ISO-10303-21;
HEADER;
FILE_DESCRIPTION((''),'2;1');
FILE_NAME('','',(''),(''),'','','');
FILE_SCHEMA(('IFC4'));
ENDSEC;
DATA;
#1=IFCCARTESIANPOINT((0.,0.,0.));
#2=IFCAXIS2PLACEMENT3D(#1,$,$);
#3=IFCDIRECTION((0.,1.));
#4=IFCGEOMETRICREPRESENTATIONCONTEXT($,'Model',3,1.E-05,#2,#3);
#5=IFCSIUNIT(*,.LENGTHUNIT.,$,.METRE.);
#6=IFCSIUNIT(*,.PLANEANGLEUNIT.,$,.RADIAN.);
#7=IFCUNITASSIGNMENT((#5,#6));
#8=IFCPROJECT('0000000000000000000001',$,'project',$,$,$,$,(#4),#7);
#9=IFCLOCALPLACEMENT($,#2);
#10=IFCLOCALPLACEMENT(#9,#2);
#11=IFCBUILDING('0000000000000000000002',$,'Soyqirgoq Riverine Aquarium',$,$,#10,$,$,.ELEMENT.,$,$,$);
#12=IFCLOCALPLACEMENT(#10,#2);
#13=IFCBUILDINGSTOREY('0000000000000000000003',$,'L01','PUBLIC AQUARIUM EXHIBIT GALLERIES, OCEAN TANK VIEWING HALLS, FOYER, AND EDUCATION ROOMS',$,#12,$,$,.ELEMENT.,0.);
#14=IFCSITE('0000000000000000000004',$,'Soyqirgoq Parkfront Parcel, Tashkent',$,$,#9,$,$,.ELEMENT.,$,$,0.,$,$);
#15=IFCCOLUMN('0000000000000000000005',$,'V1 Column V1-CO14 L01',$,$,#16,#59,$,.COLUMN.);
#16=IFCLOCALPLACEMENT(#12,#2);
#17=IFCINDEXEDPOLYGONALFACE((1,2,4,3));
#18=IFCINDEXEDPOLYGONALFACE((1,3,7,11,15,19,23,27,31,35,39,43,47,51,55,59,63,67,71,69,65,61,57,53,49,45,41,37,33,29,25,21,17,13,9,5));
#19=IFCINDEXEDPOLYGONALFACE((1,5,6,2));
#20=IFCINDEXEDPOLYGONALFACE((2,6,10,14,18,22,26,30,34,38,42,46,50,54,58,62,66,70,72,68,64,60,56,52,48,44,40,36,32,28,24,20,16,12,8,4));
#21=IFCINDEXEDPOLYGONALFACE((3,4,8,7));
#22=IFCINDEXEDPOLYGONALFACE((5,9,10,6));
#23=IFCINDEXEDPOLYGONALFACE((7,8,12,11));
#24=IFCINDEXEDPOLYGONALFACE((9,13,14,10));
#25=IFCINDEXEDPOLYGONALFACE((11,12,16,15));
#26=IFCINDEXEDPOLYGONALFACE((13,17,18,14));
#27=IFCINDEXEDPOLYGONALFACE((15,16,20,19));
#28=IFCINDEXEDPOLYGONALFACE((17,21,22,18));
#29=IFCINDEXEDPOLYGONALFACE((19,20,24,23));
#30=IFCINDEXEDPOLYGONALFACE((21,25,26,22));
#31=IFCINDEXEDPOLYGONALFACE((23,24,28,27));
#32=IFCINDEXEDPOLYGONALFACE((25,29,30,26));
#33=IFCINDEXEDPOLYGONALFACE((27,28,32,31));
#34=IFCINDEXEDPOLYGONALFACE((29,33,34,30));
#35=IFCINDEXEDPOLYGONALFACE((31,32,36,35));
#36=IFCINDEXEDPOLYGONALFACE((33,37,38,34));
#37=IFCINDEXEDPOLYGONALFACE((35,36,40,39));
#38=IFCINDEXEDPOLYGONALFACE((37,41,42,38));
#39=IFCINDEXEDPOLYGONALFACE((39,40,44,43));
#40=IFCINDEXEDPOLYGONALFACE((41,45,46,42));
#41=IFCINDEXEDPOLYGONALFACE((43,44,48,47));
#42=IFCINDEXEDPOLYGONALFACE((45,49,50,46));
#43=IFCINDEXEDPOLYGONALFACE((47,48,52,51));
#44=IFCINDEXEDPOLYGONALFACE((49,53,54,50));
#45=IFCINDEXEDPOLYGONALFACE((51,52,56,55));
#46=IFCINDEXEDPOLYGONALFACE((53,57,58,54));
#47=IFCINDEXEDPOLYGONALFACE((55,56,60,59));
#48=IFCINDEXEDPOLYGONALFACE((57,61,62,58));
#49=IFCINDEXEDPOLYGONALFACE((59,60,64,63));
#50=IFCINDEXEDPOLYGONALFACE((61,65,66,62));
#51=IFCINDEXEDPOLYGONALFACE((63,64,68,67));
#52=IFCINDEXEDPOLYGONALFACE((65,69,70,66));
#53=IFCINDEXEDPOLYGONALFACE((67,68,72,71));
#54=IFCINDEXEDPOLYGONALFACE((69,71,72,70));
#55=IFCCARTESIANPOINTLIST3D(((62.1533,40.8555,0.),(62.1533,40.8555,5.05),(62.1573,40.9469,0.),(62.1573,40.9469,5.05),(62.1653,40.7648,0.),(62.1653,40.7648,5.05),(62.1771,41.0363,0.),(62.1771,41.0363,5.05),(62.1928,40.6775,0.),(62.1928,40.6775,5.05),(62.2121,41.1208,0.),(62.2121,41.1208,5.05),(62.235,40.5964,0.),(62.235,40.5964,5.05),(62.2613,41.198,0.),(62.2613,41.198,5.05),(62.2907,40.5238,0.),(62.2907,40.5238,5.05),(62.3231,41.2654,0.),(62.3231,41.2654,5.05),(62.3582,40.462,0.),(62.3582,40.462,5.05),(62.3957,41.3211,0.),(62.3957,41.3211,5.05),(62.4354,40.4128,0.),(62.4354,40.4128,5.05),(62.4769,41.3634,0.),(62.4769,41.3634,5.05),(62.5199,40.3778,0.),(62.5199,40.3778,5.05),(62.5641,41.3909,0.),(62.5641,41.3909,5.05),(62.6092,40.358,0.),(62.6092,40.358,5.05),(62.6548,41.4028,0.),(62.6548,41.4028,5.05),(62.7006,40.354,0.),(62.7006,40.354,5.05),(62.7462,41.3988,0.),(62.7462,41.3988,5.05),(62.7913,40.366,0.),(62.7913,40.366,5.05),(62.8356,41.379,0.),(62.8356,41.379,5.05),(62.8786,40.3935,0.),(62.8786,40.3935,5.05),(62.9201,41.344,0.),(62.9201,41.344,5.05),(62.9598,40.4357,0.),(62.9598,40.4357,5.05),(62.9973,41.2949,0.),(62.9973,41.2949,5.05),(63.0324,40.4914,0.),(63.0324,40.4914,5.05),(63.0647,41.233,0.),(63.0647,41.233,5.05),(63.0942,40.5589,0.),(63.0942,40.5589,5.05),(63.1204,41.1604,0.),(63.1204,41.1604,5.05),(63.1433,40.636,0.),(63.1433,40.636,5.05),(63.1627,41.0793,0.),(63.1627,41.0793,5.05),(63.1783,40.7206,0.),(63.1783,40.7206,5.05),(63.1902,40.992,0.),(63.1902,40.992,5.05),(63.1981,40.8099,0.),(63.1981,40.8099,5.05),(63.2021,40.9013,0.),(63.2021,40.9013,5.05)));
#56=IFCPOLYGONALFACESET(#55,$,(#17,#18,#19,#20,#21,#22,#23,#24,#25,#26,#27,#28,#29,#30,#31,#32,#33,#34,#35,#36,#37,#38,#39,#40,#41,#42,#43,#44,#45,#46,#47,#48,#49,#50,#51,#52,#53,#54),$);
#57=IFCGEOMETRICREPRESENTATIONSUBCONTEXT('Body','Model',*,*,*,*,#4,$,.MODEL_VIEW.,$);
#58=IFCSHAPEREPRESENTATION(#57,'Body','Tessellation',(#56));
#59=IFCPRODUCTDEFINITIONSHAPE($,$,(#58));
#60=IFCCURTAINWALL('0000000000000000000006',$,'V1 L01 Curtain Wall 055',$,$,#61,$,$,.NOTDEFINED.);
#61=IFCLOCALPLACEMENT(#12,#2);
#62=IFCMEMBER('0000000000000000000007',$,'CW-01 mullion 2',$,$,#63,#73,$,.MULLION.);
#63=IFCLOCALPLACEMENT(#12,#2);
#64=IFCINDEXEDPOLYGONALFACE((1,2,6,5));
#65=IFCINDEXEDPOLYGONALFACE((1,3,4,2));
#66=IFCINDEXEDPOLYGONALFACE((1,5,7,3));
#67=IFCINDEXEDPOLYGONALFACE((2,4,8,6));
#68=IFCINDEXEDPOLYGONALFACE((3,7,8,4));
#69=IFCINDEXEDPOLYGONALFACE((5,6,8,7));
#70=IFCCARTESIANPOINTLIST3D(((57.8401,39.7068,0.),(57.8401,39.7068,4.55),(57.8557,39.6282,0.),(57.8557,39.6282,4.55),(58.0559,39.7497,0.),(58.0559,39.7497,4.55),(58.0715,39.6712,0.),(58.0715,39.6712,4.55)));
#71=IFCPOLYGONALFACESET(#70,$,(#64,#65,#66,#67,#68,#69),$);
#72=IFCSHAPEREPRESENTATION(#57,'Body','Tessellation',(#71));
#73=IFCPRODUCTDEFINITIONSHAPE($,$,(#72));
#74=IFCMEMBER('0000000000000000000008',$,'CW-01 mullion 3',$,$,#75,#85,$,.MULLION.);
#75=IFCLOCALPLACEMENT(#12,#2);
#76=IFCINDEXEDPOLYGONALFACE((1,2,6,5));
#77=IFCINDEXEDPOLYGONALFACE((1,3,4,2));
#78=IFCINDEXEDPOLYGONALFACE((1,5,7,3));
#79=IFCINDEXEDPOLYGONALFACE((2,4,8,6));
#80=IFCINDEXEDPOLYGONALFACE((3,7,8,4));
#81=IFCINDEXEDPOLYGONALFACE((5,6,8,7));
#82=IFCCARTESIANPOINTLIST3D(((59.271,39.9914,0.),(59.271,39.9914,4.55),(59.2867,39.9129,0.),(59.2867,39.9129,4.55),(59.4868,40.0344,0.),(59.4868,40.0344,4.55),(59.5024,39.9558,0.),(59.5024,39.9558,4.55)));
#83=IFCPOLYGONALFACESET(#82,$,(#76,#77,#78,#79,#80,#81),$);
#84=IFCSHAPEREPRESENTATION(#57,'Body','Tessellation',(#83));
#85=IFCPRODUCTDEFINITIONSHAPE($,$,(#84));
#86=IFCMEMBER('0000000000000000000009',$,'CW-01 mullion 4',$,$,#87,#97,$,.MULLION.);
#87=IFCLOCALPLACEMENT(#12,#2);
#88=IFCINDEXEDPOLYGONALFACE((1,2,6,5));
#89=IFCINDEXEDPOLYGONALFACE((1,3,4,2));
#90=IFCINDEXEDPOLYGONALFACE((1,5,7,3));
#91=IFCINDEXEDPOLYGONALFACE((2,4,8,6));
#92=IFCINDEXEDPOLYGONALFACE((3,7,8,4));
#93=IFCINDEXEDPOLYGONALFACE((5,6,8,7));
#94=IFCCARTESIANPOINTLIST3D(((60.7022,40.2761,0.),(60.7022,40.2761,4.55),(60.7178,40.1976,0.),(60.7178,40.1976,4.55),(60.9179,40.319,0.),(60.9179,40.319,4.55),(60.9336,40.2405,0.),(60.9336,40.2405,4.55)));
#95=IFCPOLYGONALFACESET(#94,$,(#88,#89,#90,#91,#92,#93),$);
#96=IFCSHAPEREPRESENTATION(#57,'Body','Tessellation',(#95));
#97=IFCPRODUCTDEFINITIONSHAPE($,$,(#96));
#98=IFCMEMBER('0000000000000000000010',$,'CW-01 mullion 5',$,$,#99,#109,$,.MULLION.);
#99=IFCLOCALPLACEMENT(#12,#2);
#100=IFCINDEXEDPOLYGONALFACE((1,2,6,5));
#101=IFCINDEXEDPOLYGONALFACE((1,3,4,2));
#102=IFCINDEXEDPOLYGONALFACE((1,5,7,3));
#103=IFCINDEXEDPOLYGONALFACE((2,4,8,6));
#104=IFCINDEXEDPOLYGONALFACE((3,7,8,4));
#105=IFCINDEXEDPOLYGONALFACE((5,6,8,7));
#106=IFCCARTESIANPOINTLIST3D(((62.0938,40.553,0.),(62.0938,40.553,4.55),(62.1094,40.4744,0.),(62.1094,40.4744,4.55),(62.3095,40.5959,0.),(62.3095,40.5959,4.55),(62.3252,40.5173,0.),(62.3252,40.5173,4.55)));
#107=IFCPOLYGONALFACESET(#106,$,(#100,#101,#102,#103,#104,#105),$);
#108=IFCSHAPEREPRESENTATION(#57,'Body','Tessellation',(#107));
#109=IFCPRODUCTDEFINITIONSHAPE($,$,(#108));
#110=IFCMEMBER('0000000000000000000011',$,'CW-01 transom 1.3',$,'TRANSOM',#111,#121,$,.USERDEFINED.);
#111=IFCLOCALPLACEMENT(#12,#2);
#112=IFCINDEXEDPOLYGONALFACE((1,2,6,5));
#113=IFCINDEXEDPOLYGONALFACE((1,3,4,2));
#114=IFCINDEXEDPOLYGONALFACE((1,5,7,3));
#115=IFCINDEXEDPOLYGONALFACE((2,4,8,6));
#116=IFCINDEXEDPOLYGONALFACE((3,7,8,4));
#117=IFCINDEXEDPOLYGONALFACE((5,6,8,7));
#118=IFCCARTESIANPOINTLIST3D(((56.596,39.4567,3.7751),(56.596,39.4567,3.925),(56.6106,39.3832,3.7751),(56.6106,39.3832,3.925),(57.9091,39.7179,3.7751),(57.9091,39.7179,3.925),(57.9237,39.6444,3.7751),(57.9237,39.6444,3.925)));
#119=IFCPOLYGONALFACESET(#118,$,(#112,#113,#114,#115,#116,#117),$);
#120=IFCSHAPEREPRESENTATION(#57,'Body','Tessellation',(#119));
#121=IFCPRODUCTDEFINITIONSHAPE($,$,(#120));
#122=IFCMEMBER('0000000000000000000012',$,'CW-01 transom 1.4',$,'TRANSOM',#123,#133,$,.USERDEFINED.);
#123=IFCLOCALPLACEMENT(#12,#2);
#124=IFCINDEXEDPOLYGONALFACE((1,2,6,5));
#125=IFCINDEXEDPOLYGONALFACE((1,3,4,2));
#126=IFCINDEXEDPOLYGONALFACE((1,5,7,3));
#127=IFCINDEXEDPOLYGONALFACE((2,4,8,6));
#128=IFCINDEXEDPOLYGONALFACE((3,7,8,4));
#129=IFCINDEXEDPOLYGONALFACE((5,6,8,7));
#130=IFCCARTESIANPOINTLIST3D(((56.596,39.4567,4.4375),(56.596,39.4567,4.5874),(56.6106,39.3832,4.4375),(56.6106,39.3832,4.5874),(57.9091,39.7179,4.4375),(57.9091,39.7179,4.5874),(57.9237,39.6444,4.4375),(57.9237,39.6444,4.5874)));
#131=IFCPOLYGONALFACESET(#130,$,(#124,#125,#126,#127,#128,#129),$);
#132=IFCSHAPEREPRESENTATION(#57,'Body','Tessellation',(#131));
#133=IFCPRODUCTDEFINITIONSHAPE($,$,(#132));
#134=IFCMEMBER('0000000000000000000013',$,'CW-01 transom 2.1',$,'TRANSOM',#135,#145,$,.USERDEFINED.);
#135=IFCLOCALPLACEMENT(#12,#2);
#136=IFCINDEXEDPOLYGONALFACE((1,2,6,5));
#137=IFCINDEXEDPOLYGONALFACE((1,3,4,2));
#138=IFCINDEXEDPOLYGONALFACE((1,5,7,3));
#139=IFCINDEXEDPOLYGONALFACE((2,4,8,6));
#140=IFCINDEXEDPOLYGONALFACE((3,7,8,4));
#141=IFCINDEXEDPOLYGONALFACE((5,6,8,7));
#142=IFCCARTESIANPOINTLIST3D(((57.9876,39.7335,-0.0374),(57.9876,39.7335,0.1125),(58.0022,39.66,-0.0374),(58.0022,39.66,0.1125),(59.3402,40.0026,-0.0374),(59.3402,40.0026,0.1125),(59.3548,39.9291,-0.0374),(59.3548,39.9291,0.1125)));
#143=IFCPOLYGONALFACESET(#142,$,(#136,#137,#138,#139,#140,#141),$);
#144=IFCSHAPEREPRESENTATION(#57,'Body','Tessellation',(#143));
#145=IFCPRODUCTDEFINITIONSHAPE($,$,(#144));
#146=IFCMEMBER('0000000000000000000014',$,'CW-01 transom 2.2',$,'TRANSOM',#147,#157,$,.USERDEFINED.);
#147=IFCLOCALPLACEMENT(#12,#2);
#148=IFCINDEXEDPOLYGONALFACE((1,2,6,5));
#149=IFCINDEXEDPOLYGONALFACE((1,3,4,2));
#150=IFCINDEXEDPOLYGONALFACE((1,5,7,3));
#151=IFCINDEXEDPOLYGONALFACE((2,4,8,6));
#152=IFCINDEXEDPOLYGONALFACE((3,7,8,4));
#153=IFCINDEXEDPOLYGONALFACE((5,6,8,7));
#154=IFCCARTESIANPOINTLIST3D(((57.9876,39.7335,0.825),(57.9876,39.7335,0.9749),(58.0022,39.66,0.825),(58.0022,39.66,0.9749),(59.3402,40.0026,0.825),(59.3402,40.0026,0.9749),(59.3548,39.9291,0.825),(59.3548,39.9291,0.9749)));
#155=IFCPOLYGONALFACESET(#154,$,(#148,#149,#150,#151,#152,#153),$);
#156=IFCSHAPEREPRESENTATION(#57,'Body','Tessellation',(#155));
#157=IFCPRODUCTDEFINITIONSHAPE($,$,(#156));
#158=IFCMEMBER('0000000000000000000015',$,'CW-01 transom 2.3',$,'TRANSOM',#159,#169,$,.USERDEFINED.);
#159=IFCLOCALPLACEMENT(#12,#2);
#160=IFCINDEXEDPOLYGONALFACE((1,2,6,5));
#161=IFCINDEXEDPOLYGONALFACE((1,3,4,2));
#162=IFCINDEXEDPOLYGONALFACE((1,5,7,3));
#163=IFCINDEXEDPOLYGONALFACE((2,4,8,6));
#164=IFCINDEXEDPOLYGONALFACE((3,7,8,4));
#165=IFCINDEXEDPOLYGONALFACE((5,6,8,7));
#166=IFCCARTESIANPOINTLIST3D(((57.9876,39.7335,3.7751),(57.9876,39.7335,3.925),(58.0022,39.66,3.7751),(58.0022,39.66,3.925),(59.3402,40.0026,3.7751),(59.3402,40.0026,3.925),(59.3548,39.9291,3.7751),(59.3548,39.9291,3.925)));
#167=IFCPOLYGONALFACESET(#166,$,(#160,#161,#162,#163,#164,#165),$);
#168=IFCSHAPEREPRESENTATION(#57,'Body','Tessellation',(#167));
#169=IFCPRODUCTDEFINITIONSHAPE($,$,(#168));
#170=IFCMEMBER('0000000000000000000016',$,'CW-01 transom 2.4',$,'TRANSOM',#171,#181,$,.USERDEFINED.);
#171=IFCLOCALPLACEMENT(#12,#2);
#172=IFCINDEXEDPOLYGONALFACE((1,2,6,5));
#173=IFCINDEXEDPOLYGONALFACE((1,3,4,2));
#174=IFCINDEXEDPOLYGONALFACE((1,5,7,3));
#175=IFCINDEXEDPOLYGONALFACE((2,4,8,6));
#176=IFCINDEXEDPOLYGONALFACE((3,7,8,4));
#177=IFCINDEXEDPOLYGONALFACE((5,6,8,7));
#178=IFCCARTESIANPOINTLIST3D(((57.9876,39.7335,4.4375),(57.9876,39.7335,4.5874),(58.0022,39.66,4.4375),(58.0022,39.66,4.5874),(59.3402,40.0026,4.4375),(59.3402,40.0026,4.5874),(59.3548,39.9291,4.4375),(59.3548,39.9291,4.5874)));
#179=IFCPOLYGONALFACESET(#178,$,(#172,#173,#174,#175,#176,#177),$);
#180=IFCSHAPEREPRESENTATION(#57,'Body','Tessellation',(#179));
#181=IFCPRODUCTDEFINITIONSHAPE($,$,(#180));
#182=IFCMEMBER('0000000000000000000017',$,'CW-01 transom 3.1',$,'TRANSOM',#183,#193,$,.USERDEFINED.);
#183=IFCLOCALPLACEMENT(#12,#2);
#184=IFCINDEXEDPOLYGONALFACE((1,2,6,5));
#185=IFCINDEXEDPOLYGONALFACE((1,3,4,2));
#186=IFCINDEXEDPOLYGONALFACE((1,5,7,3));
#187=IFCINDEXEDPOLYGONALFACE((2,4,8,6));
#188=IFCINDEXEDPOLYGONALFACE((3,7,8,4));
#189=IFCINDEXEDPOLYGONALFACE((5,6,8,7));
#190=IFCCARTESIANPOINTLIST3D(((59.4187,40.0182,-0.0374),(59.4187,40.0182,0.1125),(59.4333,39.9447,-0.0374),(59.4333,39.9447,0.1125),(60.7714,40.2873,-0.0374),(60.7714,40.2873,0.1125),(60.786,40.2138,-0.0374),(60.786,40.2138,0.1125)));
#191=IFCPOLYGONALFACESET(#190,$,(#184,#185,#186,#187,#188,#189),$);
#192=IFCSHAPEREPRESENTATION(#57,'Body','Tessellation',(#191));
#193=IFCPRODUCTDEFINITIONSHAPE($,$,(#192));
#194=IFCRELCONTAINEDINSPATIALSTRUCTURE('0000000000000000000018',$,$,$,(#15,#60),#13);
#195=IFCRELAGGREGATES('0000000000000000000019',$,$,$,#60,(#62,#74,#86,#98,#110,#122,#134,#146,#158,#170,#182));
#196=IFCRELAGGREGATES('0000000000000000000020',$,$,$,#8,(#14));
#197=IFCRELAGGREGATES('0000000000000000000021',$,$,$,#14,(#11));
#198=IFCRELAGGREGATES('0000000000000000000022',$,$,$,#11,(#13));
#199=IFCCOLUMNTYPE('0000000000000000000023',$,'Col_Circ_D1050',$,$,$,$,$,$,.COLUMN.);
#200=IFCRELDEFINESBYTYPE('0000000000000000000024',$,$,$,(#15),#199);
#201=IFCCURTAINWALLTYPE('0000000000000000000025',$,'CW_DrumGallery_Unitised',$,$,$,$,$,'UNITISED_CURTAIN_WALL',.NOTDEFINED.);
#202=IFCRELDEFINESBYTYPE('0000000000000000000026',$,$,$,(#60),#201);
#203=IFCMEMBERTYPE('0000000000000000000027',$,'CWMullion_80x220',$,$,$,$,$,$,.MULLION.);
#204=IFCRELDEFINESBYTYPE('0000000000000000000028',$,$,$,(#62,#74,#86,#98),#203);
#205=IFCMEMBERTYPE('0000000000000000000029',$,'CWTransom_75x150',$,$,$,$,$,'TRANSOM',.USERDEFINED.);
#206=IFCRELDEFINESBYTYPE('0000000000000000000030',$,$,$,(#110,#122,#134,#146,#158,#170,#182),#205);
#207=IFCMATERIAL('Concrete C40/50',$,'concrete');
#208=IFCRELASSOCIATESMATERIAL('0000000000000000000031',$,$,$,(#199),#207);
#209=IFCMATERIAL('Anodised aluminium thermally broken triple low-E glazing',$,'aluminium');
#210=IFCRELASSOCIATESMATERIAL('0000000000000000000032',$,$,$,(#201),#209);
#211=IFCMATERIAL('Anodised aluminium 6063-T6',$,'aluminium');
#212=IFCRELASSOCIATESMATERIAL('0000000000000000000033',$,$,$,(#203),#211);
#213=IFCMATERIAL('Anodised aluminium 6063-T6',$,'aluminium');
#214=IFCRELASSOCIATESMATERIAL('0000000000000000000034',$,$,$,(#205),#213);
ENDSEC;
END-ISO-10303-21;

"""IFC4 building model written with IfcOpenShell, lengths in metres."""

from ifc_helpers import new_model, si_unit, direction, frame, origin, origin_2d, place, context, subcontext, project, spatial, rectangle, circle, extrude, material, material_profile, profile_set, type_object, element, aggregate, save


model = new_model("IFC4")

# Units and contexts
model_context = context("Model", 3, precision=1e-05, world=origin(), true_north=direction((0.0, 1.0)))
body_context = subcontext(model_context, "Body", "Model", "MODEL_VIEW")
ifc_project = project(units=[si_unit("LENGTHUNIT", "METRE"), si_unit("PLANEANGLEUNIT", "RADIAN")], contexts=[model_context])

# Site, building, storey
site_placement = place(None, origin())
site = spatial("IfcSite", under=ifc_project, at=site_placement, Name="Soyqirgoq Parkfront Parcel, Tashkent", CompositionType="ELEMENT", RefElevation=0.0)
building_placement = place(site_placement, origin())
building = spatial("IfcBuilding", under=site, at=building_placement, Name="Soyqirgoq Riverine Aquarium", CompositionType="ELEMENT")
storey_placement = place(building_placement, origin())
storey = spatial("IfcBuildingStorey", under=building, at=storey_placement, Name="L01", Description="PUBLIC AQUARIUM EXHIBIT GALLERIES, OCEAN TANK VIEWING HALLS, FOYER, AND EDUCATION ROOMS", CompositionType="ELEMENT", Elevation=0.0)

# Column
ifc_material_1 = material(Name="Concrete C40/50", Category="concrete")
ifc_material_profile_1 = material_profile(ifc_material_1, circle(Radius=0.5249, at=origin_2d()), Name="RC-COL D1050")
ifc_profile_set_1 = profile_set([ifc_material_profile_1], Name="Concrete C40/50")
column_type = type_object("IfcColumnType", Name="Col_Circ_D1050", PredefinedType="COLUMN", material=ifc_profile_set_1)
column_placement = place(storey_placement, frame((62.6777, 40.8784, 0.0), z_axis=(0.0, 0.0, 1.0), x_axis=(0.382683, -0.92388, 0.0)))
element("IfcColumn", 1, at=column_placement, inside=storey, type_object=column_type, Name="V1 Column V1-CO14 L01", PredefinedType="COLUMN", context=body_context, shape_type="SweptSolid", body=[
    extrude(circle(Radius=0.5249, at=origin_2d()), origin(), (0.0, 0.0, 1.0), 5.05),
])

# Curtain wall, members
ifc_material_2 = material(Name="Anodised aluminium thermally broken triple low-E glazing", Category="aluminium")
curtain_wall_type = type_object("IfcCurtainWallType", Name="CW_DrumGallery_Unitised", ElementType="UNITISED_CURTAIN_WALL", PredefinedType="NOTDEFINED", material=ifc_material_2)
curtain_wall_placement = place(storey_placement, origin())
curtain_wall = element("IfcCurtainWall", 2, at=curtain_wall_placement, inside=storey, type_object=curtain_wall_type, Name="V1 L01 Curtain Wall 055", PredefinedType="NOTDEFINED")
ifc_material_3 = material(Name="Anodised aluminium 6063-T6", Category="aluminium")
ifc_material_profile_2 = material_profile(ifc_material_3, rectangle(XDim=0.0801, YDim=0.22, at=origin_2d()), Name="ALU-M 80x220")
ifc_profile_set_2 = profile_set([ifc_material_profile_2], Name="Anodised aluminium 6063-T6")
member_type_1 = type_object("IfcMemberType", Name="CWMullion_80x220", PredefinedType="MULLION", material=ifc_profile_set_2)
member_1_placement = place(storey_placement, frame((57.9558, 39.689, 0.0), z_axis=(0.0, 0.0, 1.0), x_axis=(-0.195075, 0.980788, 0.0)))
member_1 = element("IfcMember", 3, at=member_1_placement, type_object=member_type_1, Name="CW-01 mullion 2", PredefinedType="MULLION", context=body_context, shape_type="SweptSolid", body=[
    extrude(rectangle(XDim=0.0801, YDim=0.22, at=origin_2d()), origin(), (0.0, 0.0, 1.0), 4.55),
])
member_2_placement = place(storey_placement, frame((59.3867, 39.9736, 0.0), z_axis=(0.0, 0.0, 1.0), x_axis=(-0.195075, 0.980788, 0.0)))
member_2 = element("IfcMember", 4, at=member_2_placement, type_object=member_type_1, Name="CW-01 mullion 3", PredefinedType="MULLION", context=body_context, shape_type="SweptSolid", body=[
    extrude(rectangle(XDim=0.0801, YDim=0.22, at=origin_2d()), origin(), (0.0, 0.0, 1.0), 4.55),
])
member_3_placement = place(storey_placement, frame((60.8179, 40.2583, 0.0), z_axis=(0.0, 0.0, 1.0), x_axis=(-0.195075, 0.980788, 0.0)))
member_3 = element("IfcMember", 5, at=member_3_placement, type_object=member_type_1, Name="CW-01 mullion 4", PredefinedType="MULLION", context=body_context, shape_type="SweptSolid", body=[
    extrude(rectangle(XDim=0.0801, YDim=0.22, at=origin_2d()), origin(), (0.0, 0.0, 1.0), 4.55),
])
member_4_placement = place(storey_placement, frame((62.2095, 40.5352, 0.0), z_axis=(0.0, 0.0, 1.0), x_axis=(-0.195075, 0.980788, 0.0)))
member_4 = element("IfcMember", 6, at=member_4_placement, type_object=member_type_1, Name="CW-01 mullion 5", PredefinedType="MULLION", context=body_context, shape_type="SweptSolid", body=[
    extrude(rectangle(XDim=0.0801, YDim=0.22, at=origin_2d()), origin(), (0.0, 0.0, 1.0), 4.55),
])
ifc_material_4 = material(Name="Anodised aluminium 6063-T6", Category="aluminium")
ifc_material_profile_3 = material_profile(ifc_material_4, rectangle(XDim=0.075, YDim=0.1499, at=origin_2d()), Name="ALU-T 75x150")
ifc_profile_set_3 = profile_set([ifc_material_profile_3], Name="Anodised aluminium 6063-T6")
member_type_2 = type_object("IfcMemberType", Name="CWTransom_75x150", ElementType="TRANSOM", PredefinedType="USERDEFINED", material=ifc_profile_set_3)
member_5_placement = place(storey_placement, frame((56.6033, 39.4199, 3.8501), z_axis=(0.980784, 0.195099, 0.0), x_axis=(-0.195099, 0.980784, 0.0)))
member_5 = element("IfcMember", 7, at=member_5_placement, type_object=member_type_2, Name="CW-01 transom 1.3", ObjectType="TRANSOM", PredefinedType="USERDEFINED", context=body_context, shape_type="SweptSolid", body=[
    extrude(rectangle(XDim=0.075, YDim=0.1499, at=origin_2d()), origin(), (0.0, 0.0, 1.0), 1.3389),
])
member_6_placement = place(storey_placement, frame((56.6033, 39.4199, 4.5125), z_axis=(0.980784, 0.195099, 0.0), x_axis=(-0.195099, 0.980784, 0.0)))
member_6 = element("IfcMember", 8, at=member_6_placement, type_object=member_type_2, Name="CW-01 transom 1.4", ObjectType="TRANSOM", PredefinedType="USERDEFINED", context=body_context, shape_type="SweptSolid", body=[
    extrude(rectangle(XDim=0.075, YDim=0.1499, at=origin_2d()), origin(), (0.0, 0.0, 1.0), 1.3389),
])
member_7_placement = place(storey_placement, frame((57.9949, 39.6968, 0.0376), z_axis=(0.980784, 0.195095, 0.0), x_axis=(-0.195095, 0.980784, 0.0)))
member_7 = element("IfcMember", 9, at=member_7_placement, type_object=member_type_2, Name="CW-01 transom 2.1", ObjectType="TRANSOM", PredefinedType="USERDEFINED", context=body_context, shape_type="SweptSolid", body=[
    extrude(rectangle(XDim=0.075, YDim=0.1499, at=origin_2d()), origin(), (0.0, 0.0, 1.0), 1.3792),
])
member_8_placement = place(storey_placement, frame((57.9949, 39.6968, 0.8999), z_axis=(0.980784, 0.195095, 0.0), x_axis=(-0.195095, 0.980784, 0.0)))
member_8 = element("IfcMember", 10, at=member_8_placement, type_object=member_type_2, Name="CW-01 transom 2.2", ObjectType="TRANSOM", PredefinedType="USERDEFINED", context=body_context, shape_type="SweptSolid", body=[
    extrude(rectangle(XDim=0.075, YDim=0.1499, at=origin_2d()), origin(), (0.0, 0.0, 1.0), 1.3792),
])
member_9_placement = place(storey_placement, frame((57.9949, 39.6968, 3.8501), z_axis=(0.980784, 0.195095, 0.0), x_axis=(-0.195095, 0.980784, 0.0)))
member_9 = element("IfcMember", 11, at=member_9_placement, type_object=member_type_2, Name="CW-01 transom 2.3", ObjectType="TRANSOM", PredefinedType="USERDEFINED", context=body_context, shape_type="SweptSolid", body=[
    extrude(rectangle(XDim=0.075, YDim=0.1499, at=origin_2d()), origin(), (0.0, 0.0, 1.0), 1.3792),
])
member_10_placement = place(storey_placement, frame((57.9949, 39.6968, 4.5125), z_axis=(0.980784, 0.195095, 0.0), x_axis=(-0.195095, 0.980784, 0.0)))
member_10 = element("IfcMember", 12, at=member_10_placement, type_object=member_type_2, Name="CW-01 transom 2.4", ObjectType="TRANSOM", PredefinedType="USERDEFINED", context=body_context, shape_type="SweptSolid", body=[
    extrude(rectangle(XDim=0.075, YDim=0.1499, at=origin_2d()), origin(), (0.0, 0.0, 1.0), 1.3792),
])
member_11_placement = place(storey_placement, frame((59.426, 39.9814, 0.0376), z_axis=(0.980784, 0.195095, 0.0), x_axis=(-0.195095, 0.980784, 0.0)))
member_11 = element("IfcMember", 13, at=member_11_placement, type_object=member_type_2, Name="CW-01 transom 3.1", ObjectType="TRANSOM", PredefinedType="USERDEFINED", context=body_context, shape_type="SweptSolid", body=[
    extrude(rectangle(XDim=0.075, YDim=0.1499, at=origin_2d()), origin(), (0.0, 0.0, 1.0), 1.3792),
])

aggregate(curtain_wall, [member_1, member_2, member_3, member_4, member_5, member_6, member_7, member_8, member_9, member_10, member_11])

save(model, "model.ifc")
